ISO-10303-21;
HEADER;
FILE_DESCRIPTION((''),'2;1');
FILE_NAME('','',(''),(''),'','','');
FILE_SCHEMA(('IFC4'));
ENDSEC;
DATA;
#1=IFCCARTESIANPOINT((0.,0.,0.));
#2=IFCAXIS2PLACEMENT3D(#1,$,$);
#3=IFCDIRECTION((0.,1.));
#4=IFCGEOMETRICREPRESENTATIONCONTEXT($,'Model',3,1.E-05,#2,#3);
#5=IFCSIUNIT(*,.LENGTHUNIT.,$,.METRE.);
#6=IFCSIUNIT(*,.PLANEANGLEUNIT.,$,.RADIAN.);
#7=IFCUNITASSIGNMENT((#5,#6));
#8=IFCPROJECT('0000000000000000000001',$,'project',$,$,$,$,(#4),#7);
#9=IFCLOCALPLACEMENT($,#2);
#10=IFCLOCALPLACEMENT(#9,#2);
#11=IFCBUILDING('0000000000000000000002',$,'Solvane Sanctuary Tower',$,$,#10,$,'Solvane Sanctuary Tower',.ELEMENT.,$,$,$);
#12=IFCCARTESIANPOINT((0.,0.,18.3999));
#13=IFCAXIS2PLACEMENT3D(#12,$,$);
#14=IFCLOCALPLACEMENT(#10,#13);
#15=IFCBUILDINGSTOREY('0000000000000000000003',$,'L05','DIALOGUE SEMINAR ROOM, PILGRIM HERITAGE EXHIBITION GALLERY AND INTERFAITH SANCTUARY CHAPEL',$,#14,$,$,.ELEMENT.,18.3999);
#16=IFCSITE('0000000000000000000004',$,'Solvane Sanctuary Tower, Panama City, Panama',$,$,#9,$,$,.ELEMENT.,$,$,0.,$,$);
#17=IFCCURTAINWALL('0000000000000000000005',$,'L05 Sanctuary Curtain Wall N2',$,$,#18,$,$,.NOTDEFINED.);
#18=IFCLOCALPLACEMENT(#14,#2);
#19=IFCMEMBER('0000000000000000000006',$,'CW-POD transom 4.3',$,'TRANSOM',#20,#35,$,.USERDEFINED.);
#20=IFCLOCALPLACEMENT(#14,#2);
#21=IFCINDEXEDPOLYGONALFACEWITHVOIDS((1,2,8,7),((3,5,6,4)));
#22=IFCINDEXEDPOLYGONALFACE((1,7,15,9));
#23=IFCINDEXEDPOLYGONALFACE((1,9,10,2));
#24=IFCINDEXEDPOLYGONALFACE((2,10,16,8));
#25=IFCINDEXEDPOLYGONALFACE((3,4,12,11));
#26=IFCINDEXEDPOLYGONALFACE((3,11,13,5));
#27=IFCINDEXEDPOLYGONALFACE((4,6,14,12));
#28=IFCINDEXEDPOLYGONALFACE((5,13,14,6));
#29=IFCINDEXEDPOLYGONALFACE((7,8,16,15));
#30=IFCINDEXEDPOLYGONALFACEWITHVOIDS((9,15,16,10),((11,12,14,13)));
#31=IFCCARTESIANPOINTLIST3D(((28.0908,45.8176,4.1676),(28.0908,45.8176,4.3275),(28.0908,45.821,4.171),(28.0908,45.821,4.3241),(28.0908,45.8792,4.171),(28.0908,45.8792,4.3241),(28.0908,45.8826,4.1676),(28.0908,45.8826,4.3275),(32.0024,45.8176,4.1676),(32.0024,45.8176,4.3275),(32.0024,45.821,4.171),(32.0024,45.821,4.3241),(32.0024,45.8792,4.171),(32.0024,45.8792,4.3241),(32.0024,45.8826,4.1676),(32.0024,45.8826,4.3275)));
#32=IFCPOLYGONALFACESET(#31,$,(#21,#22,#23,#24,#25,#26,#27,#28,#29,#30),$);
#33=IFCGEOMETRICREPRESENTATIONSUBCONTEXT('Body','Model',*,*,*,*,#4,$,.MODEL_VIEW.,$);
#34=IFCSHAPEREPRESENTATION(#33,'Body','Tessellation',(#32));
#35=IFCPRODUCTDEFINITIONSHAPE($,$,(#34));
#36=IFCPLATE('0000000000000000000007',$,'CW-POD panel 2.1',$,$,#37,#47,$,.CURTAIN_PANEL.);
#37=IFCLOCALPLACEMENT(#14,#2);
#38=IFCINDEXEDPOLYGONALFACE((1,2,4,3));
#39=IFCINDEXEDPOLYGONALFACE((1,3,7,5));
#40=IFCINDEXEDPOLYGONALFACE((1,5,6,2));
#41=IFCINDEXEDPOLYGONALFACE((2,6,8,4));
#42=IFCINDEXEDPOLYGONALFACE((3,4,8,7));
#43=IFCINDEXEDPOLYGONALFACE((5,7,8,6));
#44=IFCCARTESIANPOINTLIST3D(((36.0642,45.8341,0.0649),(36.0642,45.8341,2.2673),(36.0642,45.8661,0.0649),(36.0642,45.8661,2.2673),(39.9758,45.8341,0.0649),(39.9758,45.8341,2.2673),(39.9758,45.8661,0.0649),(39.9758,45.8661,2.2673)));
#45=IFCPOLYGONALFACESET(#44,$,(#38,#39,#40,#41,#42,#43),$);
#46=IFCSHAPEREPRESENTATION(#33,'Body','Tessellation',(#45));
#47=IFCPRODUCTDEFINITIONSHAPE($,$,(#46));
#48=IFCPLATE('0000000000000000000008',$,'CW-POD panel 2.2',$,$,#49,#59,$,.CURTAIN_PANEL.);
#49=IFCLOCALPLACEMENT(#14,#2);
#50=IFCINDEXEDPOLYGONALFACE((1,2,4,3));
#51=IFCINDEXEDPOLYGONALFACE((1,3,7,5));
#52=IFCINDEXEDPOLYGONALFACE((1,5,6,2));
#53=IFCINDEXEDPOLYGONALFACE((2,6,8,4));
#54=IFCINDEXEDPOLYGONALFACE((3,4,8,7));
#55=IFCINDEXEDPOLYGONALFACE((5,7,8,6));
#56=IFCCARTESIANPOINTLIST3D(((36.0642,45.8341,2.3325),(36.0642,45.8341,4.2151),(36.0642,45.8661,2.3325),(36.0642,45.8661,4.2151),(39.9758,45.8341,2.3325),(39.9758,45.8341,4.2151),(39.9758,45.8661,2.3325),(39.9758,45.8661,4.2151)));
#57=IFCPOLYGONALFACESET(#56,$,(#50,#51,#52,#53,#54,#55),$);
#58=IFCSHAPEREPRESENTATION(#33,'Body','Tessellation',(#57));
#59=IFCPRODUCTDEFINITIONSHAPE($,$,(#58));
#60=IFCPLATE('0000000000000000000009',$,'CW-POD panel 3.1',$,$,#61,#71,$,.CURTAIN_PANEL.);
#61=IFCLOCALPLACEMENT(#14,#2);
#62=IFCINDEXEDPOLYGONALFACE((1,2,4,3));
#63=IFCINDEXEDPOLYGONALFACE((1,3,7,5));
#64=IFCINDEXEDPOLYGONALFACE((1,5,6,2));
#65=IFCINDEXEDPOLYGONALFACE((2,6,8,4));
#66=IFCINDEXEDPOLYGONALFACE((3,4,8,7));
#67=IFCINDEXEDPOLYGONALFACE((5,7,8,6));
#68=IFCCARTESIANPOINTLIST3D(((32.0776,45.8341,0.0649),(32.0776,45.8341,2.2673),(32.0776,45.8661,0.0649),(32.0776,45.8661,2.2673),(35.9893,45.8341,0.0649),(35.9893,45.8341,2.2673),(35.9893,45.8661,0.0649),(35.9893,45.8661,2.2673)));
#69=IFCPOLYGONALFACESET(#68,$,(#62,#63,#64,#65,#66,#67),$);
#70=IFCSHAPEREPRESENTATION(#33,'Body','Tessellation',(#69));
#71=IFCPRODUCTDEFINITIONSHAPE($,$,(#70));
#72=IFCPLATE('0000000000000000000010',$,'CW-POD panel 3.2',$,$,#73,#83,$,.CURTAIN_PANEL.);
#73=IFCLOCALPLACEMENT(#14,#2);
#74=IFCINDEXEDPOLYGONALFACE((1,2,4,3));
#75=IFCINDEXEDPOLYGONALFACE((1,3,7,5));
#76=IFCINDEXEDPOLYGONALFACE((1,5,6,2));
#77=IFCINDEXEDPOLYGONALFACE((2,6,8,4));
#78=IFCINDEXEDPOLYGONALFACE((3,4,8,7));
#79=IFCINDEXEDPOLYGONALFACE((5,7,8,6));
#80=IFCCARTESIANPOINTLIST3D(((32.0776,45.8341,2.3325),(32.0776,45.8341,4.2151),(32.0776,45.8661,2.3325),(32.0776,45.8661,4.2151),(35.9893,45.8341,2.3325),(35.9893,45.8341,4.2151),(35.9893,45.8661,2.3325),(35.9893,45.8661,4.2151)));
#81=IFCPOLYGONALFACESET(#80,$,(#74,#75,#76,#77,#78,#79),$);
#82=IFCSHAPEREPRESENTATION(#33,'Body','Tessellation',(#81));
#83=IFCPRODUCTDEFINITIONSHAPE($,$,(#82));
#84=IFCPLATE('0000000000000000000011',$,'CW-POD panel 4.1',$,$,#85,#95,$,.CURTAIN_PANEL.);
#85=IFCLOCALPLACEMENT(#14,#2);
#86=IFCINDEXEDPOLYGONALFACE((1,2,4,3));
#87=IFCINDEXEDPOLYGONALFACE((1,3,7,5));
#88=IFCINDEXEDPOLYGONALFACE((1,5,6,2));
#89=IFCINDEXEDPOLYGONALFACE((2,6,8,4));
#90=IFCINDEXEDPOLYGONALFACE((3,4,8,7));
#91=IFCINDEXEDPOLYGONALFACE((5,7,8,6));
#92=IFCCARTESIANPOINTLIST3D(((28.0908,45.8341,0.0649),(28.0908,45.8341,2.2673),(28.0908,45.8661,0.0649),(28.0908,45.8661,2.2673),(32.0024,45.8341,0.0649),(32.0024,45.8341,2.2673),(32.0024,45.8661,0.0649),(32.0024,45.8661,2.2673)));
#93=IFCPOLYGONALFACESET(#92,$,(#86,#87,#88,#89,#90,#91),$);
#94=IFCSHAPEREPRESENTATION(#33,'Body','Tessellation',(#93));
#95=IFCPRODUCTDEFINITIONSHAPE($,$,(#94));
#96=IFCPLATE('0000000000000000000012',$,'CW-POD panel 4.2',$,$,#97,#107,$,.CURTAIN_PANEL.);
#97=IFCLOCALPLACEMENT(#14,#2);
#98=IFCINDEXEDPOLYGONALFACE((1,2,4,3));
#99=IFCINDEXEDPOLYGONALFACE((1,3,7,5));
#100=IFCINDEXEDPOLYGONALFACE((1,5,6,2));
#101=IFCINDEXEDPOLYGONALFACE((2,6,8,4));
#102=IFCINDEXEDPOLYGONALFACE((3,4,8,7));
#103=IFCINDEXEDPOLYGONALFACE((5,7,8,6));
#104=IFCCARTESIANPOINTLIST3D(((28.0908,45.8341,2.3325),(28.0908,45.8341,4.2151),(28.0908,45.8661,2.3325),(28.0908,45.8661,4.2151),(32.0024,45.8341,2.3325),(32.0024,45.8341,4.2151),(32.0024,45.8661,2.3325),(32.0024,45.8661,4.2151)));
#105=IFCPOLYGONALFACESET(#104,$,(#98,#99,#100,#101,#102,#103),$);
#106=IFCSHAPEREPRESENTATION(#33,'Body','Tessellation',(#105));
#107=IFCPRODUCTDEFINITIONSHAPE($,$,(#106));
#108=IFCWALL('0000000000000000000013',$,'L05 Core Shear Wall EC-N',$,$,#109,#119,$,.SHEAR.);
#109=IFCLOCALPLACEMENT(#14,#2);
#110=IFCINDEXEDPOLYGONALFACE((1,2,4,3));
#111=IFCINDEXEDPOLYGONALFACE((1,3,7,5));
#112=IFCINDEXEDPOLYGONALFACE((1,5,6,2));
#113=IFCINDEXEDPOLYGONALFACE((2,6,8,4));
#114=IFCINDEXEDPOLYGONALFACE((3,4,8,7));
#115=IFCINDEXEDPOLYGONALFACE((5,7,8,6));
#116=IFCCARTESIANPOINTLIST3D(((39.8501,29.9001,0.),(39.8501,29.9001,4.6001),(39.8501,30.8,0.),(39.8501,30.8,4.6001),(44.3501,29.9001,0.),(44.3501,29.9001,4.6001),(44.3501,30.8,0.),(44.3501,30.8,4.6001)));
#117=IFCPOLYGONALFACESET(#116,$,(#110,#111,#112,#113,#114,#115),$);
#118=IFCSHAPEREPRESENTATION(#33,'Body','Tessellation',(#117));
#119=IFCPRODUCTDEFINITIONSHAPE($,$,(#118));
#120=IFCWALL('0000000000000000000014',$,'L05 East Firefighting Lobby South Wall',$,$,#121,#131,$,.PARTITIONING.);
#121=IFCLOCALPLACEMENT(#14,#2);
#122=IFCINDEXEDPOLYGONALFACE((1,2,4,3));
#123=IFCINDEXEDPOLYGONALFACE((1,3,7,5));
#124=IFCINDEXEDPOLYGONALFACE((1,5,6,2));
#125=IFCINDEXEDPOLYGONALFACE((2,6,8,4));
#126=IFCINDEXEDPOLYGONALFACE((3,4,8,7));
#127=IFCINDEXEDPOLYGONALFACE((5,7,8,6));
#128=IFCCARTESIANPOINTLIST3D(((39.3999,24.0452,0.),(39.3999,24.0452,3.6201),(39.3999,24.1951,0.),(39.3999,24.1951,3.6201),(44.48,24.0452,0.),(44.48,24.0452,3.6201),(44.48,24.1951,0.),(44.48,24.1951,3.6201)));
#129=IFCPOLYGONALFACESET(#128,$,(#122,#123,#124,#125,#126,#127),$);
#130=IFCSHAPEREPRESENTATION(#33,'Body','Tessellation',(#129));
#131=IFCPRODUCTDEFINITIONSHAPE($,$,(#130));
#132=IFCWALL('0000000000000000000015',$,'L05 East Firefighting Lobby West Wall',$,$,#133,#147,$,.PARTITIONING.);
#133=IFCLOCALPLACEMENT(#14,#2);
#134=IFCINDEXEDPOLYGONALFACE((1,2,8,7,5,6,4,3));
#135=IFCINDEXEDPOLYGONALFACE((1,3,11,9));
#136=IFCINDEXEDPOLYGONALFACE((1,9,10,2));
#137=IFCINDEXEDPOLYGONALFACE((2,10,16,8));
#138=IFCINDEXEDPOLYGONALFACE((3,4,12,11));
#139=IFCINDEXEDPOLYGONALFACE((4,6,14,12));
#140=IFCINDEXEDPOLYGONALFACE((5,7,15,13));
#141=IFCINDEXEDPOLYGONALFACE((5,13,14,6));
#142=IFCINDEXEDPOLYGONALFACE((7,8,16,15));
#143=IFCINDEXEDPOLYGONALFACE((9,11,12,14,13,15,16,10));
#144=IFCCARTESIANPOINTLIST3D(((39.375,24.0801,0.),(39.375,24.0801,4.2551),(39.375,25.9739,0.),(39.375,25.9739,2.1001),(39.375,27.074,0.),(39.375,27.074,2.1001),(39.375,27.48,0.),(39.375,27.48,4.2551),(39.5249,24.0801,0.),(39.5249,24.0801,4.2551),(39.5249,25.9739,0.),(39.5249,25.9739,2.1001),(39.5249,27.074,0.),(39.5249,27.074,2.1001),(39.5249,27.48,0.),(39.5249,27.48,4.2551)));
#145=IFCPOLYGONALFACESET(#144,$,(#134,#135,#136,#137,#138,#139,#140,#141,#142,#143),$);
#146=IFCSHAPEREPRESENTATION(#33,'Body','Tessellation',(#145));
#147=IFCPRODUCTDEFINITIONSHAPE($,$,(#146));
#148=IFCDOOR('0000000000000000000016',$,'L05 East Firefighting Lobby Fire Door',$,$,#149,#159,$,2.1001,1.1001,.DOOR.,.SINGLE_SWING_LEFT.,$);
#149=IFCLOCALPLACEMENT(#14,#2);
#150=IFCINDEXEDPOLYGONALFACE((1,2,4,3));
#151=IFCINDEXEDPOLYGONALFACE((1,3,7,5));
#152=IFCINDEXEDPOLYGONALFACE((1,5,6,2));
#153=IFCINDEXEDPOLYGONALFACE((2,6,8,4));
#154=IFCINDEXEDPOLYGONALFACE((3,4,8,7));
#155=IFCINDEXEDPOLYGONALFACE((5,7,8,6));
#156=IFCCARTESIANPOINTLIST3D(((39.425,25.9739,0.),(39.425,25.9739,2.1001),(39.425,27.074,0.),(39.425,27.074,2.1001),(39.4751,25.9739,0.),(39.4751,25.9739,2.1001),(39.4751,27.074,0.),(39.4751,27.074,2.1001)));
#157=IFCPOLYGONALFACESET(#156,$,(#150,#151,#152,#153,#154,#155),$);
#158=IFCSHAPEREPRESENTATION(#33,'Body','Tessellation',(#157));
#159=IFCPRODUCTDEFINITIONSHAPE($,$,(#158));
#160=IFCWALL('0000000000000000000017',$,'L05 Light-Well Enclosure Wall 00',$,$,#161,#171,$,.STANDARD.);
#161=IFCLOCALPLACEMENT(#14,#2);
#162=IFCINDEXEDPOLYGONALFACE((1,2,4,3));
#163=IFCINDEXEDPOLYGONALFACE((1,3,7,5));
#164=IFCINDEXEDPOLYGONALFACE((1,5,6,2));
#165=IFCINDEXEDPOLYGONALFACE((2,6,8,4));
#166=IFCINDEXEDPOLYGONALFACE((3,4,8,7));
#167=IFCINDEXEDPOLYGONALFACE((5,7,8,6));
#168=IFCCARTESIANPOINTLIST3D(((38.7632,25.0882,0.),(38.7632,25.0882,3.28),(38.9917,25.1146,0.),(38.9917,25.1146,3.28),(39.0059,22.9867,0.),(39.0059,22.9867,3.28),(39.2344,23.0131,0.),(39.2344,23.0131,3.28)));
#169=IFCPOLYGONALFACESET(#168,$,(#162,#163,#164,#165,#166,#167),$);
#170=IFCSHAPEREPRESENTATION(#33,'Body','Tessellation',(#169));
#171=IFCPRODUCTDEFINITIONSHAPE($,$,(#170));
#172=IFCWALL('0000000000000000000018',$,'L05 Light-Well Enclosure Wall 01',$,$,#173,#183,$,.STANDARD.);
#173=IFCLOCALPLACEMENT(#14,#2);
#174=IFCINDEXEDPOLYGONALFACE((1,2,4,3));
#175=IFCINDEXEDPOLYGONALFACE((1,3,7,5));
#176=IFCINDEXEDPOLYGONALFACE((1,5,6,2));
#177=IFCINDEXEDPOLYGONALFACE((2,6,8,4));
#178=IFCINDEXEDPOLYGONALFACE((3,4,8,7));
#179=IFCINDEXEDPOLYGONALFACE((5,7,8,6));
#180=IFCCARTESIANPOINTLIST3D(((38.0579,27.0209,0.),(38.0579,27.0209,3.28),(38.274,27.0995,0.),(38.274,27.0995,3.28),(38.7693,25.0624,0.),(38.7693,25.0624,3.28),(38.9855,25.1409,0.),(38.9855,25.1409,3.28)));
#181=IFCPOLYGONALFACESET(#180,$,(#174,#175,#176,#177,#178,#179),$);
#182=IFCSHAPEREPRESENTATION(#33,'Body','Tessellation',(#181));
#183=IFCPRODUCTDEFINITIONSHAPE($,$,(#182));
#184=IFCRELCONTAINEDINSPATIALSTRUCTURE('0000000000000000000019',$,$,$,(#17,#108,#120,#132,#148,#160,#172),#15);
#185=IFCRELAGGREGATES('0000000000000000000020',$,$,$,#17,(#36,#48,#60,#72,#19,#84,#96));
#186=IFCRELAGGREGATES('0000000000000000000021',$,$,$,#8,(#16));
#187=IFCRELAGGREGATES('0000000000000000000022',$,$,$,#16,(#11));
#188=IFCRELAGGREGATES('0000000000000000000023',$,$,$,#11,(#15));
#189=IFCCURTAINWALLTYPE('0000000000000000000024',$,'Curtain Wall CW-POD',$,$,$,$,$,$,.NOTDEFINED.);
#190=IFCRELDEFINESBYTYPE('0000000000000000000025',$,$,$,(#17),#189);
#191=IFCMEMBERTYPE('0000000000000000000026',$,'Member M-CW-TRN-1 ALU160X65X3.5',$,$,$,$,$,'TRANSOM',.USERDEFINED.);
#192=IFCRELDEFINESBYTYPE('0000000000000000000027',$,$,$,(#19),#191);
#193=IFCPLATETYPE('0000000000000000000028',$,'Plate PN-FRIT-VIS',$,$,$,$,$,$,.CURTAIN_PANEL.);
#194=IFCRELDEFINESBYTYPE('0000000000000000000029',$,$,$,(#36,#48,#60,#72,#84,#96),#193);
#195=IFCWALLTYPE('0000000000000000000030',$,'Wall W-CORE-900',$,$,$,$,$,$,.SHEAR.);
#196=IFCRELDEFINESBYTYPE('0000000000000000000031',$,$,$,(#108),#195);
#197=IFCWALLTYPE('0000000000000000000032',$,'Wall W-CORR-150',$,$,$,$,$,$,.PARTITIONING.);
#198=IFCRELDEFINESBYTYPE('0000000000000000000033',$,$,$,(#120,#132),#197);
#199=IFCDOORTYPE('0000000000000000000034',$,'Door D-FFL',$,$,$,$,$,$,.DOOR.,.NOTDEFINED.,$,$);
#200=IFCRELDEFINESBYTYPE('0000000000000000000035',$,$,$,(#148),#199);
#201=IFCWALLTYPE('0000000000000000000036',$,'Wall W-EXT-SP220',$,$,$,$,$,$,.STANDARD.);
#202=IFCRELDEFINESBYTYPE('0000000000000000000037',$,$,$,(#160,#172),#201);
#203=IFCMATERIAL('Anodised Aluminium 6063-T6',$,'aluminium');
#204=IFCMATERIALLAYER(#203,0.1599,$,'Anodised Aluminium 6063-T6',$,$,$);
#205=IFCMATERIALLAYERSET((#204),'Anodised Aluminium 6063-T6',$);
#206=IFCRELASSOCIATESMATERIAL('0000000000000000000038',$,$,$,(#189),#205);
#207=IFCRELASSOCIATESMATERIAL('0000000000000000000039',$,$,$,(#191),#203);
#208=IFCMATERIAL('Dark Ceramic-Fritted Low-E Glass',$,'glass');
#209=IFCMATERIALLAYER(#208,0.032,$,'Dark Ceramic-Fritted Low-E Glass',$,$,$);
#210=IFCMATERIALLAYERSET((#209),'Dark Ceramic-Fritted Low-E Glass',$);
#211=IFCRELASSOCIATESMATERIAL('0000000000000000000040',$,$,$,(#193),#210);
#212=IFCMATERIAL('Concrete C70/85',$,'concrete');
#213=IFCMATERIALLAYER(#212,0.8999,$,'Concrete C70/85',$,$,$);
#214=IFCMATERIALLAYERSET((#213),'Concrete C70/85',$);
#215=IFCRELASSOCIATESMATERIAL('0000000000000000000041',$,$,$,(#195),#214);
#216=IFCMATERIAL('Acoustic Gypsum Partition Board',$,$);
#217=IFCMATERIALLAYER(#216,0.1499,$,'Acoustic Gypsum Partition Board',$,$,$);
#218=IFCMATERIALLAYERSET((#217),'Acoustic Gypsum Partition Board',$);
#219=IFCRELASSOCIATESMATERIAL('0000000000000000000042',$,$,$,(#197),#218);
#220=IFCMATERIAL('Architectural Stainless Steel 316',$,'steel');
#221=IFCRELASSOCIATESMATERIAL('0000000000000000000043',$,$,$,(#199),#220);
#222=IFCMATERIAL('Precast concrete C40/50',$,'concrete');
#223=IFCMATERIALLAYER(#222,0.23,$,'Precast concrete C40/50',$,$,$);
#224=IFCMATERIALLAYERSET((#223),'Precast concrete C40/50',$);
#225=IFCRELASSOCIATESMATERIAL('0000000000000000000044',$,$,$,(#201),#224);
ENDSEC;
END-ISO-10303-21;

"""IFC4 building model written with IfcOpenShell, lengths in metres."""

from ifc_helpers import new_model, si_unit, direction, frame, frame_2d, origin, origin_2d, place, context, subcontext, project, spatial, rectangle, hollow_rectangle, extrude, material, layer, layer_set, material_profile, profile_set, type_object, element, fill, aggregate, save


model = new_model("IFC4")

# Units and contexts
model_context = context("Model", 3, precision=1e-05, world=origin(), true_north=direction((0.0, 1.0)))
body_context = subcontext(model_context, "Body", "Model", "MODEL_VIEW")
ifc_project = project(units=[si_unit("LENGTHUNIT", "METRE"), si_unit("PLANEANGLEUNIT", "RADIAN")], contexts=[model_context])

# Site, building, storey
site_placement = place(None, origin())
site = spatial("IfcSite", under=ifc_project, at=site_placement, Name="Solvane Sanctuary Tower, Panama City, Panama", CompositionType="ELEMENT", RefElevation=0.0)
building_placement = place(site_placement, origin())
building = spatial("IfcBuilding", under=site, at=building_placement, Name="Solvane Sanctuary Tower", LongName="Solvane Sanctuary Tower", CompositionType="ELEMENT")
storey_placement = place(building_placement, frame((0.0, 0.0, 18.3999)))
storey = spatial("IfcBuildingStorey", under=building, at=storey_placement, Name="L05", Description="DIALOGUE SEMINAR ROOM, PILGRIM HERITAGE EXHIBITION GALLERY AND INTERFAITH SANCTUARY CHAPEL", CompositionType="ELEMENT", Elevation=18.3999)

# Shared definitions
ifc_material_1 = material(Name="Concrete C70/85", Category="concrete")

# Curtain wall, member, plates
ifc_material_2 = material(Name="Anodised Aluminium 6063-T6", Category="aluminium")
ifc_layer_1 = layer(ifc_material_2, 0.1599, Name="Anodised Aluminium 6063-T6")
ifc_layer_set_1 = layer_set([ifc_layer_1], Name="Anodised Aluminium 6063-T6")
curtain_wall_type = type_object("IfcCurtainWallType", Name="Curtain Wall CW-POD", PredefinedType="NOTDEFINED", material=ifc_layer_set_1)
curtain_wall_placement = place(storey_placement, origin())
curtain_wall = element("IfcCurtainWall", 1, at=curtain_wall_placement, inside=storey, type_object=curtain_wall_type, Name="L05 Sanctuary Curtain Wall N2", PredefinedType="NOTDEFINED")
ifc_material_profile_1 = material_profile(ifc_material_2, hollow_rectangle(XDim=0.0649, YDim=0.1599, WallThickness=0.0034, at=origin_2d()), Name="ALU160X65X3.5")
ifc_profile_set_1 = profile_set([ifc_material_profile_1], Name="Anodised Aluminium 6063-T6")
member_type_1 = type_object("IfcMemberType", Name="Member M-CW-TRN-1 ALU160X65X3.5", ElementType="TRANSOM", PredefinedType="USERDEFINED", material=ifc_profile_set_1)
member_1_placement = place(storey_placement, frame((32.0024, 45.8501, 4.2476), z_axis=(-1.0, 0.0, 0.0), x_axis=(0.0, -1.0, 0.0)))
member_1 = element("IfcMember", 2, at=member_1_placement, type_object=member_type_1, Name="CW-POD transom 4.3", ObjectType="TRANSOM", PredefinedType="USERDEFINED", context=body_context, shape_type="SweptSolid", body=[
    extrude(hollow_rectangle(XDim=0.0649, YDim=0.1599, WallThickness=0.0034, at=origin_2d()), origin(), (0.0, 0.0, 1.0), 3.9116),
])
ifc_material_3 = material(Name="Dark Ceramic-Fritted Low-E Glass", Category="glass")
ifc_layer_2 = layer(ifc_material_3, 0.032, Name="Dark Ceramic-Fritted Low-E Glass")
ifc_layer_set_2 = layer_set([ifc_layer_2], Name="Dark Ceramic-Fritted Low-E Glass")
plate_type = type_object("IfcPlateType", Name="Plate PN-FRIT-VIS", PredefinedType="CURTAIN_PANEL", material=ifc_layer_set_2)
plate_1_placement = place(storey_placement, frame((38.02, 45.8501, 0.0649), z_axis=(0.0, 0.0, 1.0), x_axis=(-1.0, 0.0, 0.0)))
plate_1 = element("IfcPlate", 3, at=plate_1_placement, type_object=plate_type, Name="CW-POD panel 2.1", PredefinedType="CURTAIN_PANEL", context=body_context, shape_type="SweptSolid", body=[
    extrude(rectangle(XDim=3.9116, YDim=0.032, at=origin_2d()), origin(), (0.0, 0.0, 1.0), 2.2024),
])
plate_2_placement = place(storey_placement, frame((38.02, 45.8501, 2.3325), z_axis=(0.0, 0.0, 1.0), x_axis=(-1.0, 0.0, 0.0)))
plate_2 = element("IfcPlate", 4, at=plate_2_placement, type_object=plate_type, Name="CW-POD panel 2.2", PredefinedType="CURTAIN_PANEL", context=body_context, shape_type="SweptSolid", body=[
    extrude(rectangle(XDim=3.9116, YDim=0.032, at=origin_2d()), origin(), (0.0, 0.0, 1.0), 1.8826),
])
plate_3_placement = place(storey_placement, frame((34.0334, 45.8501, 0.0649), z_axis=(0.0, 0.0, 1.0), x_axis=(-1.0, 0.0, 0.0)))
plate_3 = element("IfcPlate", 5, at=plate_3_placement, type_object=plate_type, Name="CW-POD panel 3.1", PredefinedType="CURTAIN_PANEL", context=body_context, shape_type="SweptSolid", body=[
    extrude(rectangle(XDim=3.9116, YDim=0.032, at=origin_2d()), origin(), (0.0, 0.0, 1.0), 2.2024),
])
plate_4_placement = place(storey_placement, frame((34.0334, 45.8501, 2.3325), z_axis=(0.0, 0.0, 1.0), x_axis=(-1.0, 0.0, 0.0)))
plate_4 = element("IfcPlate", 6, at=plate_4_placement, type_object=plate_type, Name="CW-POD panel 3.2", PredefinedType="CURTAIN_PANEL", context=body_context, shape_type="SweptSolid", body=[
    extrude(rectangle(XDim=3.9116, YDim=0.032, at=origin_2d()), origin(), (0.0, 0.0, 1.0), 1.8826),
])
plate_5_placement = place(storey_placement, frame((30.0466, 45.8501, 0.0649), z_axis=(0.0, 0.0, 1.0), x_axis=(-1.0, 0.0, 0.0)))
plate_5 = element("IfcPlate", 7, at=plate_5_placement, type_object=plate_type, Name="CW-POD panel 4.1", PredefinedType="CURTAIN_PANEL", context=body_context, shape_type="SweptSolid", body=[
    extrude(rectangle(XDim=3.9116, YDim=0.032, at=origin_2d()), origin(), (0.0, 0.0, 1.0), 2.2024),
])
plate_6_placement = place(storey_placement, frame((30.0466, 45.8501, 2.3325), z_axis=(0.0, 0.0, 1.0), x_axis=(-1.0, 0.0, 0.0)))
plate_6 = element("IfcPlate", 8, at=plate_6_placement, type_object=plate_type, Name="CW-POD panel 4.2", PredefinedType="CURTAIN_PANEL", context=body_context, shape_type="SweptSolid", body=[
    extrude(rectangle(XDim=3.9116, YDim=0.032, at=origin_2d()), origin(), (0.0, 0.0, 1.0), 1.8826),
])
aggregate(curtain_wall, [plate_1, plate_2, plate_3, plate_4, member_1, plate_5, plate_6])

# Walls
ifc_layer_3 = layer(ifc_material_1, 0.8999, Name="Concrete C70/85")
ifc_layer_set_3 = layer_set([ifc_layer_3], Name="Concrete C70/85")
wall_type_1 = type_object("IfcWallType", Name="Wall W-CORE-900", PredefinedType="SHEAR", material=ifc_layer_set_3)
wall_1_placement = place(storey_placement, frame((39.8501, 30.3501, 0.0), z_axis=(0.0, 0.0, 1.0), x_axis=(1.0, 0.0, 0.0)))
element("IfcWall", 9, at=wall_1_placement, inside=storey, type_object=wall_type_1, Name="L05 Core Shear Wall EC-N", PredefinedType="SHEAR", context=body_context, shape_type="SweptSolid", body=[
    extrude(rectangle(XDim=4.5, YDim=0.8999, at=frame_2d((2.25, 0.0))), origin(), (0.0, 0.0, 1.0), 4.6001),
])
ifc_material_4 = material(Name="Acoustic Gypsum Partition Board")
ifc_layer_4 = layer(ifc_material_4, 0.1499, Name="Acoustic Gypsum Partition Board")
ifc_layer_set_4 = layer_set([ifc_layer_4], Name="Acoustic Gypsum Partition Board")
wall_type_2 = type_object("IfcWallType", Name="Wall W-CORR-150", PredefinedType="PARTITIONING", material=ifc_layer_set_4)
wall_2_placement = place(storey_placement, frame((39.3999, 24.1201, 0.0), z_axis=(0.0, 0.0, 1.0), x_axis=(1.0, 0.0, 0.0)))
element("IfcWall", 10, at=wall_2_placement, inside=storey, type_object=wall_type_2, Name="L05 East Firefighting Lobby South Wall", PredefinedType="PARTITIONING", context=body_context, shape_type="SweptSolid", body=[
    extrude(rectangle(XDim=5.0801, YDim=0.1499, at=frame_2d((2.54, 0.0))), origin(), (0.0, 0.0, 1.0), 3.6201),
])

# Wall, opening, door
wall_3_placement = place(storey_placement, frame((39.45, 24.0801, 0.0), z_axis=(0.0, 0.0, 1.0), x_axis=(0.0, 1.0, 0.0)))
wall_3 = element("IfcWall", 11, at=wall_3_placement, inside=storey, type_object=wall_type_2, Name="L05 East Firefighting Lobby West Wall", PredefinedType="PARTITIONING", context=body_context, shape_type="SweptSolid", body=[
    extrude(rectangle(XDim=3.3999, YDim=0.1499, at=frame_2d((1.7, 0.0))), origin(), (0.0, 0.0, 1.0), 4.2551),
])
opening_placement = place(wall_3_placement, frame((1.8938, 0.0, 0.0)))
opening = element("IfcOpeningElement", 12, at=opening_placement, cuts=wall_3, PredefinedType="OPENING", context=body_context, shape_type="SweptSolid", body=[
    extrude(rectangle(XDim=1.1001, YDim=2.1001, at=frame_2d((0.55, 1.05))), frame((0.0, 0.085, 0.0), z_axis=(0.0, -1.0, 0.0), x_axis=(1.0, 0.0, 0.0)), (0.0, 0.0, 1.0), 0.1699),
])
ifc_material_5 = material(Name="Architectural Stainless Steel 316", Category="steel")
door_type = type_object("IfcDoorType", Name="Door D-FFL", OperationType="NOTDEFINED", PredefinedType="DOOR", material=ifc_material_5)
door_placement = place(opening_placement, origin())
door = element("IfcDoor", 13, at=door_placement, inside=storey, type_object=door_type, Name="L05 East Firefighting Lobby Fire Door", OperationType="SINGLE_SWING_LEFT", OverallHeight=2.1001, OverallWidth=1.1001, PredefinedType="DOOR", context=body_context, shape_type="SweptSolid", body=[
    extrude(rectangle(XDim=1.1001, YDim=2.1001, at=frame_2d((0.55, 1.05))), frame((0.0, 0.0249, 0.0), z_axis=(0.0, -1.0, 0.0), x_axis=(1.0, 0.0, 0.0)), (0.0, 0.0, 1.0), 0.05),
])
fill(opening, door)

# Walls
ifc_material_6 = material(Name="Precast concrete C40/50", Category="concrete")
ifc_layer_5 = layer(ifc_material_6, 0.23, Name="Precast concrete C40/50")
ifc_layer_set_5 = layer_set([ifc_layer_5], Name="Precast concrete C40/50")
wall_type_3 = type_object("IfcWallType", Name="Wall W-EXT-SP220", PredefinedType="STANDARD", material=ifc_layer_set_5)
wall_4_placement = place(storey_placement, frame((39.1201, 23.0, 0.0), z_axis=(0.0, 0.0, 1.0), x_axis=(-0.114712, 0.993399, 0.0)))
element("IfcWall", 14, at=wall_4_placement, inside=storey, type_object=wall_type_3, Name="L05 Light-Well Enclosure Wall 00", PredefinedType="STANDARD", context=body_context, shape_type="SweptSolid", body=[
    extrude(rectangle(XDim=2.1155, YDim=0.23, at=frame_2d((1.0576, 0.0))), origin(), (0.0, 0.0, 1.0), 3.28),
])
wall_5_placement = place(storey_placement, frame((38.8774, 25.1016, 0.0), z_axis=(0.0, 0.0, 1.0), x_axis=(-0.341423, 0.93991, 0.0)))
element("IfcWall", 15, at=wall_5_placement, inside=storey, type_object=wall_type_3, Name="L05 Light-Well Enclosure Wall 01", PredefinedType="STANDARD", context=body_context, shape_type="SweptSolid", body=[
    extrude(rectangle(XDim=2.0837, YDim=0.23, at=frame_2d((1.042, 0.0))), origin(), (0.0, 0.0, 1.0), 3.28),
])

save(model, "model.ifc")
